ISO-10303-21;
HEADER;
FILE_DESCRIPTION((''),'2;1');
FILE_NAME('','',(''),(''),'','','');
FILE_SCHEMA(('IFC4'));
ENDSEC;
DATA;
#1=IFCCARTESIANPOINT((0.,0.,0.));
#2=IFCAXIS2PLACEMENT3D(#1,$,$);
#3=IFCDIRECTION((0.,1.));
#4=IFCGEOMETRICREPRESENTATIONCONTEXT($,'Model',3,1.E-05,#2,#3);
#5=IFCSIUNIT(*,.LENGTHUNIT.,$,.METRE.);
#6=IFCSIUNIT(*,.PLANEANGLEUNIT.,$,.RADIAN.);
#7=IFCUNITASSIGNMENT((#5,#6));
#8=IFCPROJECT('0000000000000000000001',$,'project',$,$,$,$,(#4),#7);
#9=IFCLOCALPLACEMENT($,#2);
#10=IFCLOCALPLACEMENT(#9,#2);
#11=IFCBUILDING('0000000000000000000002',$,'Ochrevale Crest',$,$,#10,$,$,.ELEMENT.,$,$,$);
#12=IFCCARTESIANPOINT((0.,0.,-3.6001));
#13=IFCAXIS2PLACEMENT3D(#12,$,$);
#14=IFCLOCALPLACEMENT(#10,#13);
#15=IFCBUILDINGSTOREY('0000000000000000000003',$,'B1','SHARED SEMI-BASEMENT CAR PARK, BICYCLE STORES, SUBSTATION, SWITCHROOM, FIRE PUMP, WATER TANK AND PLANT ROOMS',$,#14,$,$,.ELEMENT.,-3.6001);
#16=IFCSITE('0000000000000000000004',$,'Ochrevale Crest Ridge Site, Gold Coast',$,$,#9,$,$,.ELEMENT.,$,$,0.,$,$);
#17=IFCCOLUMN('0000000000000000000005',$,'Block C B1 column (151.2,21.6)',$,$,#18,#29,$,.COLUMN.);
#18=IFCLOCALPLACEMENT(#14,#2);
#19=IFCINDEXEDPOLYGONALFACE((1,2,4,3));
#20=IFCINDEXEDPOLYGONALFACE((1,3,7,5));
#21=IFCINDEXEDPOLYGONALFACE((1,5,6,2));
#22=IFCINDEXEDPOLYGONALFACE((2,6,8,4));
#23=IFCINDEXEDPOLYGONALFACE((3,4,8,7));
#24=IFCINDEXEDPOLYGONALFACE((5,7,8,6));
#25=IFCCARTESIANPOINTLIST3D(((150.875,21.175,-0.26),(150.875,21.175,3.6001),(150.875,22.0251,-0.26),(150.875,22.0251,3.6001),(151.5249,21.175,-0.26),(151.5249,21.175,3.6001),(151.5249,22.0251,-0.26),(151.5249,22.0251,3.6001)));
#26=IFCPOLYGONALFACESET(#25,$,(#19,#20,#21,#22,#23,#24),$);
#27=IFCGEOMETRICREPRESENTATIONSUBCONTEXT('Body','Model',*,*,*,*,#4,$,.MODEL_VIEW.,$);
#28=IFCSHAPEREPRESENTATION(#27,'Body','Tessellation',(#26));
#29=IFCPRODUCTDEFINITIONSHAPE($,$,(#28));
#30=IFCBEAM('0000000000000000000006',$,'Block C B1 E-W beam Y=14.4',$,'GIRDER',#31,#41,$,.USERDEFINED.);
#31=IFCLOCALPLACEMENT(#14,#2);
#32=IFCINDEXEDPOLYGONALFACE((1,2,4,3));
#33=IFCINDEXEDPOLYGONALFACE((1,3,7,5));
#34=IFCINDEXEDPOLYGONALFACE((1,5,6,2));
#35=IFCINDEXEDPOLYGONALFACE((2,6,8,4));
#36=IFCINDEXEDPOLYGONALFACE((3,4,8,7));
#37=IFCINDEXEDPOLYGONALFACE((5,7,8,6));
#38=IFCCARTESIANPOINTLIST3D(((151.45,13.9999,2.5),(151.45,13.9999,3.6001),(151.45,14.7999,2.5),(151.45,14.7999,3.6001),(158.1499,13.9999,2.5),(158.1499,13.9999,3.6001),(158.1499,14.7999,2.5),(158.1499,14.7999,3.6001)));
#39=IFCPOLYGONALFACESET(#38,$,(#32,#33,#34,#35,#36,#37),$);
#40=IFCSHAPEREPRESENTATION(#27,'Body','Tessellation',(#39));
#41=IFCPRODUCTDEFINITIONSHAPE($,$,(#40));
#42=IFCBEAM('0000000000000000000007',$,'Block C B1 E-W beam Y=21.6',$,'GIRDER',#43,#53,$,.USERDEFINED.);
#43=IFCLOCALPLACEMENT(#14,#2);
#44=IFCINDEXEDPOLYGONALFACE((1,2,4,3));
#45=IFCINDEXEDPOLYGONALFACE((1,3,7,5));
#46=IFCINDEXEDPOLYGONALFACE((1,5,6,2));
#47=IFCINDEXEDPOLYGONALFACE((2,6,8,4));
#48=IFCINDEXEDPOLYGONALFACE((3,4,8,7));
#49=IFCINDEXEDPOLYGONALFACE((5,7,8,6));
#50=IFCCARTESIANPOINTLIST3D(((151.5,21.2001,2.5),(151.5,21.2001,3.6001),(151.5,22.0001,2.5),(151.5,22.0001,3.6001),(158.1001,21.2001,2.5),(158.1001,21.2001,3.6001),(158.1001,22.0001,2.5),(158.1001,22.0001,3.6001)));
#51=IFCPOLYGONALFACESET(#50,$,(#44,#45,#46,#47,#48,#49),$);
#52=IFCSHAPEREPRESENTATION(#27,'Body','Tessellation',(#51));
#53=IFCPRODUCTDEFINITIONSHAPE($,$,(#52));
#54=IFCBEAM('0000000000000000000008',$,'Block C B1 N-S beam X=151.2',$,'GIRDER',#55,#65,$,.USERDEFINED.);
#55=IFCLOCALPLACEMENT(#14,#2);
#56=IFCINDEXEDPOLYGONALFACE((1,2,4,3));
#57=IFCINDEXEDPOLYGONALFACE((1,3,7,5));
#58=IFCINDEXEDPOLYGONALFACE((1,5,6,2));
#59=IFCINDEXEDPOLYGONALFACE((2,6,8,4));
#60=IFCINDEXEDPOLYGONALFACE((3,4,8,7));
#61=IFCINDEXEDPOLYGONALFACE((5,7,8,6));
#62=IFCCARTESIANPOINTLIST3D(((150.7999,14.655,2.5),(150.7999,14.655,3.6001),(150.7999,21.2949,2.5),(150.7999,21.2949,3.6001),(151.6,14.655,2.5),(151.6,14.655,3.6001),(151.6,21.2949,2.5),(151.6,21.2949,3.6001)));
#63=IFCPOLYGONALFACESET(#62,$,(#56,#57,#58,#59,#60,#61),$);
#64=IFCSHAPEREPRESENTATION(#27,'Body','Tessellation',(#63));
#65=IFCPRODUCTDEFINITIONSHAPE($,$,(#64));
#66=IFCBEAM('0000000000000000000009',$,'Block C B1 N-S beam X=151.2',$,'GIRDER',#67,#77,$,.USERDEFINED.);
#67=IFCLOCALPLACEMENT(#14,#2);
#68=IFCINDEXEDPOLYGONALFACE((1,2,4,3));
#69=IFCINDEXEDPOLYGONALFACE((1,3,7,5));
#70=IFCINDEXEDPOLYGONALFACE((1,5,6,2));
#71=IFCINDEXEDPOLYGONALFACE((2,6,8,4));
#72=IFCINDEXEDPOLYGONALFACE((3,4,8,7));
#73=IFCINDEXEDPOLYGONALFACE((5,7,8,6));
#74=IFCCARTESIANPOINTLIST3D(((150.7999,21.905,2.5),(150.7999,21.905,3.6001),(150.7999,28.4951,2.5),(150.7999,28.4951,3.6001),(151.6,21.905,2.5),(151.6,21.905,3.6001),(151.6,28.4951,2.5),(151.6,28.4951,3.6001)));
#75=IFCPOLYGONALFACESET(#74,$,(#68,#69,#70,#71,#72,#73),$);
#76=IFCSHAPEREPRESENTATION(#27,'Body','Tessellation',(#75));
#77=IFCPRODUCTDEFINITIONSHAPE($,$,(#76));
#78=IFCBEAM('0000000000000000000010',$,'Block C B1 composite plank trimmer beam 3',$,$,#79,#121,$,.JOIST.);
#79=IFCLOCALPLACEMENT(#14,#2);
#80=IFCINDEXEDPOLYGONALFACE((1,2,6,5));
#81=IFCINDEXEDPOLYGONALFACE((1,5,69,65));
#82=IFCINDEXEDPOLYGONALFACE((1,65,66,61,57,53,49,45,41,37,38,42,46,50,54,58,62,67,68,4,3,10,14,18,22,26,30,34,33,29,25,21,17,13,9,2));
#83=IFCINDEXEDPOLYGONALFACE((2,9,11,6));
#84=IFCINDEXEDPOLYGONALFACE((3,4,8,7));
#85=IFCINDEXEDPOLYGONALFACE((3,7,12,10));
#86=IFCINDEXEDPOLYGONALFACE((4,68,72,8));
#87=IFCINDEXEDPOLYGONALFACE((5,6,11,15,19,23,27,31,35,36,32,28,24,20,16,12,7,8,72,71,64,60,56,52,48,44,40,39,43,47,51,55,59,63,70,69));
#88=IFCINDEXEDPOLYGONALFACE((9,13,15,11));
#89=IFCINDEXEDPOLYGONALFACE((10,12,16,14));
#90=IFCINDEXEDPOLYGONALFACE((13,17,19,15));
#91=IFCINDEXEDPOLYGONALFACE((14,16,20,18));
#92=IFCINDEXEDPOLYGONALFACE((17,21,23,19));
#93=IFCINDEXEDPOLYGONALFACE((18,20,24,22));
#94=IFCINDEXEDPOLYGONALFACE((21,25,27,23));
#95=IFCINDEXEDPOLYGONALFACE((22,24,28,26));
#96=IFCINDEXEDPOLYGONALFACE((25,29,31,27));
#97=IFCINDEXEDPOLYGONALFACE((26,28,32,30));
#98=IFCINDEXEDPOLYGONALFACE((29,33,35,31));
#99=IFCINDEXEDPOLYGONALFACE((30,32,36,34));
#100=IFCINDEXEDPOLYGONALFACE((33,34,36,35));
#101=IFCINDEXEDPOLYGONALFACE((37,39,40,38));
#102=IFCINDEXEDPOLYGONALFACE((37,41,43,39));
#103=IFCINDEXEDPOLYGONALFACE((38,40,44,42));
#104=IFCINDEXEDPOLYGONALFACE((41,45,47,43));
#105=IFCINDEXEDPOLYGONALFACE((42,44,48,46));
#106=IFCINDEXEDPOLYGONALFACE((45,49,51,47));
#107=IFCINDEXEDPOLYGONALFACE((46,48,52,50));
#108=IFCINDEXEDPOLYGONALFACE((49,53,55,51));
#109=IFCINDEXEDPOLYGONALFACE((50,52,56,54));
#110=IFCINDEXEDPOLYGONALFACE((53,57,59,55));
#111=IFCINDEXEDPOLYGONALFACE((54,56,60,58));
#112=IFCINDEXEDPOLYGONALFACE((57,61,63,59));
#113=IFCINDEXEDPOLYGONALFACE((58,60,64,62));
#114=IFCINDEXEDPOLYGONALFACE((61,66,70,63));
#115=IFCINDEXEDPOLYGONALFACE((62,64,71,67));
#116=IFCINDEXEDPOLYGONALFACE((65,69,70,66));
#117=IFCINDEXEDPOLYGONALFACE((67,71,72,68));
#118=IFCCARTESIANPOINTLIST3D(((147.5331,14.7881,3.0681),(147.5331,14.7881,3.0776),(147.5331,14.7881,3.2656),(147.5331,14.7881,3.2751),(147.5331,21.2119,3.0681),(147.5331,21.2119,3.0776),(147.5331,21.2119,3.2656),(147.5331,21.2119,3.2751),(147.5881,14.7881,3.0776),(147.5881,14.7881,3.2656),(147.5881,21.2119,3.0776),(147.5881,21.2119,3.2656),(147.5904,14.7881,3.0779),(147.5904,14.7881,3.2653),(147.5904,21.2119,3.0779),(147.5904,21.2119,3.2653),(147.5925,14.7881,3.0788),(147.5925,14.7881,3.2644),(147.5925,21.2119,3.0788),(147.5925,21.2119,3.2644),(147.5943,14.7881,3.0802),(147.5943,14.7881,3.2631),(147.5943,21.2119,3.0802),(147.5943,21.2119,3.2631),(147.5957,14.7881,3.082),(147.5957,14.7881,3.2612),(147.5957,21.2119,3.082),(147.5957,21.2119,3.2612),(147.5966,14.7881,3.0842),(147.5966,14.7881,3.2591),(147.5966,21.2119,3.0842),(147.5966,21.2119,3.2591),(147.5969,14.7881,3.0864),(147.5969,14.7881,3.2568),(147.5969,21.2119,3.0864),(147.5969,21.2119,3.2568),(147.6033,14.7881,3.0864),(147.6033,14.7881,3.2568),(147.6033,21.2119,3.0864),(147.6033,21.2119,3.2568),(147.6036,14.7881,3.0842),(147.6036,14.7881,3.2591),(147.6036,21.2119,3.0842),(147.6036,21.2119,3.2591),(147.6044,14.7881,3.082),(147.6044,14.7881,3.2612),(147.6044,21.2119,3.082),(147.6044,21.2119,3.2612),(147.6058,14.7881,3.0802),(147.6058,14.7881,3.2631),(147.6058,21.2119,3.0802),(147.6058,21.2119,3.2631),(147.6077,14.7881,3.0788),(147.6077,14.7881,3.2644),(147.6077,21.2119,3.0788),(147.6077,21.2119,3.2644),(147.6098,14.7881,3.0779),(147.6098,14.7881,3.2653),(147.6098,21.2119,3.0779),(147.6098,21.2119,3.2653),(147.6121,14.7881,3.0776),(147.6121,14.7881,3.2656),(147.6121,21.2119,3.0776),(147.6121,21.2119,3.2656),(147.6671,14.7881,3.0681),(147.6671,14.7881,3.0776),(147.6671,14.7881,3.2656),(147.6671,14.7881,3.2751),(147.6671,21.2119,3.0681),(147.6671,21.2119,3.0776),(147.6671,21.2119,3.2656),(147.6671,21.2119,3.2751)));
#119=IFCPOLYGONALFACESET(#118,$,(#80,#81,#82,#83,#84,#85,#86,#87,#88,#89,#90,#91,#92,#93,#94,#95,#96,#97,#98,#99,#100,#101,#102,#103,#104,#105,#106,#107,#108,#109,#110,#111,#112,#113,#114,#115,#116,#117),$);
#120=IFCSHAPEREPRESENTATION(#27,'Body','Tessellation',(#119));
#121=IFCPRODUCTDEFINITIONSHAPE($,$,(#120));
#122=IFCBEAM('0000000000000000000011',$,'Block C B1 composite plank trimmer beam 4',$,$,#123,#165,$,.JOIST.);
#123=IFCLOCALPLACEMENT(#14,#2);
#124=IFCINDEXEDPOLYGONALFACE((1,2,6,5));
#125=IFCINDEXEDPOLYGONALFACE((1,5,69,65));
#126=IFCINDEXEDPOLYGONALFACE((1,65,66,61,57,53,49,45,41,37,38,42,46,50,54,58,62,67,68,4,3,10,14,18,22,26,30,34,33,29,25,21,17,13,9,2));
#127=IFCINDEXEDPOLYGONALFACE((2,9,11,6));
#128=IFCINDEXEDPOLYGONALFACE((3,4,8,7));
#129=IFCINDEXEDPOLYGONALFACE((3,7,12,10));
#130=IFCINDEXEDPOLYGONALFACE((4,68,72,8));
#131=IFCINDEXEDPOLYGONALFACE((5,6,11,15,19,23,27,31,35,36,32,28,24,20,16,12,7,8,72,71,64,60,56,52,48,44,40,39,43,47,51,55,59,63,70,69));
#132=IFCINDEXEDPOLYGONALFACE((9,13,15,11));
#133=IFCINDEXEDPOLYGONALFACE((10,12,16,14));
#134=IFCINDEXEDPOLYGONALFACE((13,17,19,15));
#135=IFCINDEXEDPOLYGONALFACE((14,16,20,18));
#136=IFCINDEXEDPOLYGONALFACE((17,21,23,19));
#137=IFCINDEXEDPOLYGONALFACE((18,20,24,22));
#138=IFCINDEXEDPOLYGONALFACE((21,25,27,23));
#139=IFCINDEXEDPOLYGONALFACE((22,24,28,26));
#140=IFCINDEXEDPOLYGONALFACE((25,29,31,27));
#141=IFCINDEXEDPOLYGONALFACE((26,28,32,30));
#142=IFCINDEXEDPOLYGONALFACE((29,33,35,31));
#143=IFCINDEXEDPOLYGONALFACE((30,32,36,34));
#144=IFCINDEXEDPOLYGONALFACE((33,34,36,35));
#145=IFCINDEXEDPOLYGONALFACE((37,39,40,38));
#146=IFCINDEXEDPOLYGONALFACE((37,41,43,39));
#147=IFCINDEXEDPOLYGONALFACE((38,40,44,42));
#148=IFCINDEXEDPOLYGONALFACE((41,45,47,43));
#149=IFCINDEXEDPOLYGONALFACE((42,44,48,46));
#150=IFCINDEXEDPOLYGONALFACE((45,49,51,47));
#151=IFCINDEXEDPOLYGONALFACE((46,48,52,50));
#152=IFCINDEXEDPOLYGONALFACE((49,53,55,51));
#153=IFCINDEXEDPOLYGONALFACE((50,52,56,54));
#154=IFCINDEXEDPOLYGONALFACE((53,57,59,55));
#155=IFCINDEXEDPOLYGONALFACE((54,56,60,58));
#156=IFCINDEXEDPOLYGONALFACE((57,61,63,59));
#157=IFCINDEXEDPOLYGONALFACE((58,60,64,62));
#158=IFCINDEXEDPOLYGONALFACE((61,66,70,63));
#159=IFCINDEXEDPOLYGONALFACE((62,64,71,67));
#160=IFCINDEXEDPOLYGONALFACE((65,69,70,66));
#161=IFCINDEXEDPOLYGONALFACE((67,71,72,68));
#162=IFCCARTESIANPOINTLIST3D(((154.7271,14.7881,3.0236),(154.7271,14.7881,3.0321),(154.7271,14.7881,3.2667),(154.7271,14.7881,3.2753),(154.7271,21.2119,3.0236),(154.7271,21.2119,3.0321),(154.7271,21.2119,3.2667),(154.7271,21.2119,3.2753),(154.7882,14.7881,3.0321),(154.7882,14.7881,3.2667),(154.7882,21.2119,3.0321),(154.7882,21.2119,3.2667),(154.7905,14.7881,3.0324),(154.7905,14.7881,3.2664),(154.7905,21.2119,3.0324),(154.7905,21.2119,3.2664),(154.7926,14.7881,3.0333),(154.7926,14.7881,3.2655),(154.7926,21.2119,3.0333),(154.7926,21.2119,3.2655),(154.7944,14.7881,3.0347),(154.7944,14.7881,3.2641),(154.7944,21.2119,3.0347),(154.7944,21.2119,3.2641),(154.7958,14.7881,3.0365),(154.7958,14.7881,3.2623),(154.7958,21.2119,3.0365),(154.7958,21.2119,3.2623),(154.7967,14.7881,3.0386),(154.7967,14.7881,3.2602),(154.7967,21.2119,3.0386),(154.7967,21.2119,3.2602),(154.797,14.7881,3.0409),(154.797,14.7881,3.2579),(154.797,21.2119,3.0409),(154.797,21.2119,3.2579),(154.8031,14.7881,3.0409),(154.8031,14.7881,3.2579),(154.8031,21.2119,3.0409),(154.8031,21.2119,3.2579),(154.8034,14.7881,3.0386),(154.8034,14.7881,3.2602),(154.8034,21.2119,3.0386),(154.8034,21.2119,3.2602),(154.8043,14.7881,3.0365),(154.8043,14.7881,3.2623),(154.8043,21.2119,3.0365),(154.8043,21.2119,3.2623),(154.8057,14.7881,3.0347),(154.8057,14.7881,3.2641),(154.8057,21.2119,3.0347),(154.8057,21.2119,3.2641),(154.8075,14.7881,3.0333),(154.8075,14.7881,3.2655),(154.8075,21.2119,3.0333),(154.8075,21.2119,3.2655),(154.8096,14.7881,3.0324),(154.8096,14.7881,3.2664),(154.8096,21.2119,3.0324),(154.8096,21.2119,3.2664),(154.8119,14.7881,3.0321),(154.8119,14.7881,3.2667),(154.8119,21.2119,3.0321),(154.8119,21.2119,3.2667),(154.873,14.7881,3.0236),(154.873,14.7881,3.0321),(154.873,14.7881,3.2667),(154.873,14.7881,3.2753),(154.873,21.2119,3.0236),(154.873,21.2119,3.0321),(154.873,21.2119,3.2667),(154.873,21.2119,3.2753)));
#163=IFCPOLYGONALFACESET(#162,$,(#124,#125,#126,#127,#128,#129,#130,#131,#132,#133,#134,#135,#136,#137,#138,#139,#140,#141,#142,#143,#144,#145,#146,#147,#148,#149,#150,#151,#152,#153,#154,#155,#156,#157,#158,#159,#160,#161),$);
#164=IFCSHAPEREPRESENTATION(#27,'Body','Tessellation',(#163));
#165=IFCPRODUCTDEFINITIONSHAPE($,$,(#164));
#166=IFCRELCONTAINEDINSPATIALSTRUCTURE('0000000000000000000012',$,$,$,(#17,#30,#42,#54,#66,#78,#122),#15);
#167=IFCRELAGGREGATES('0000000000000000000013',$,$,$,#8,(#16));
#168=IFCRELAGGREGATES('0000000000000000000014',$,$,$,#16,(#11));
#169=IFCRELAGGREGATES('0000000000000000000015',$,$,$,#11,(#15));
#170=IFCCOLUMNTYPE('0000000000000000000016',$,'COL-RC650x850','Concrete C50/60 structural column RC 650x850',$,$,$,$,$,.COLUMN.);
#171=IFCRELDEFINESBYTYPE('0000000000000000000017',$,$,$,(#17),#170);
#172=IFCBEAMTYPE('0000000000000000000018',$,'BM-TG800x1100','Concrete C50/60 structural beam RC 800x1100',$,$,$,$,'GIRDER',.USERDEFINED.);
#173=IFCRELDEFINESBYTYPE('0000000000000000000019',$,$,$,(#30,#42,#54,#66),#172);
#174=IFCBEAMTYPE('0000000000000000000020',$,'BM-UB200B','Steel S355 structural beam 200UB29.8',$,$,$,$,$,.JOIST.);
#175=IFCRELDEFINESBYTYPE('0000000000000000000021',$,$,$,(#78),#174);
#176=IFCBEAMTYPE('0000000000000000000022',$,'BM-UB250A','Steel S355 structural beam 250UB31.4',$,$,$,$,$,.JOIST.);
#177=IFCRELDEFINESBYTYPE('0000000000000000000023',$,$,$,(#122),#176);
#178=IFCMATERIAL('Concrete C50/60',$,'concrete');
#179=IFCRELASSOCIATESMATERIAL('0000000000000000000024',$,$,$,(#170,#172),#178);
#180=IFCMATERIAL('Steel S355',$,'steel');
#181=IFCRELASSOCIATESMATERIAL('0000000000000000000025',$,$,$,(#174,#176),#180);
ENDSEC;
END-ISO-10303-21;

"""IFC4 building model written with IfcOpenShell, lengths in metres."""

from ifc_helpers import new_model, si_unit, direction, frame, origin, origin_2d, place, context, subcontext, project, spatial, rectangle, i_section, extrude, material, material_profile, profile_set, type_object, element, save


model = new_model("IFC4")

# Units and contexts
model_context = context("Model", 3, precision=1e-05, world=origin(), true_north=direction((0.0, 1.0)))
body_context = subcontext(model_context, "Body", "Model", "MODEL_VIEW")
ifc_project = project(units=[si_unit("LENGTHUNIT", "METRE"), si_unit("PLANEANGLEUNIT", "RADIAN")], contexts=[model_context])

# Site, building, storey
site_placement = place(None, origin())
site = spatial("IfcSite", under=ifc_project, at=site_placement, Name="Ochrevale Crest Ridge Site, Gold Coast", CompositionType="ELEMENT", RefElevation=0.0)
building_placement = place(site_placement, origin())
building = spatial("IfcBuilding", under=site, at=building_placement, Name="Ochrevale Crest", CompositionType="ELEMENT")
storey_placement = place(building_placement, frame((0.0, 0.0, -3.6001)))
storey = spatial("IfcBuildingStorey", under=building, at=storey_placement, Name="B1", Description="SHARED SEMI-BASEMENT CAR PARK, BICYCLE STORES, SUBSTATION, SWITCHROOM, FIRE PUMP, WATER TANK AND PLANT ROOMS", CompositionType="ELEMENT", Elevation=-3.6001)

# Column
ifc_material_1 = material(Name="Concrete C50/60", Category="concrete")
ifc_material_profile_1 = material_profile(ifc_material_1, rectangle(XDim=0.6499, YDim=0.8501, at=origin_2d()), Name="RC 650x850")
ifc_profile_set_1 = profile_set([ifc_material_profile_1], Name="Concrete C50/60")
column_type_1 = type_object("IfcColumnType", Name="COL-RC650x850", Description="Concrete C50/60 structural column RC 650x850", PredefinedType="COLUMN", material=ifc_profile_set_1)
column_1_placement = place(storey_placement, frame((151.2, 21.6001, -0.26), z_axis=(0.0, 0.0, 1.0), x_axis=(1.0, 0.0, 0.0)))
element("IfcColumn", 1, at=column_1_placement, inside=storey, type_object=column_type_1, Name="Block C B1 column (151.2,21.6)", PredefinedType="COLUMN", context=body_context, shape_type="SweptSolid", body=[
    extrude(rectangle(XDim=0.6499, YDim=0.8501, at=origin_2d()), origin(), (0.0, 0.0, 1.0), 3.8601),
])

# Beams
ifc_material_profile_2 = material_profile(ifc_material_1, rectangle(XDim=0.8, YDim=1.1001, at=origin_2d()), Name="RC 800x1100")
ifc_profile_set_2 = profile_set([ifc_material_profile_2], Name="Concrete C50/60")
beam_type_1 = type_object("IfcBeamType", Name="BM-TG800x1100", Description="Concrete C50/60 structural beam RC 800x1100", ElementType="GIRDER", PredefinedType="USERDEFINED", material=ifc_profile_set_2)
beam_1_placement = place(storey_placement, frame((151.45, 14.3999, 3.05), z_axis=(1.0, 0.0, 0.0), x_axis=(0.0, 1.0, 0.0)))
element("IfcBeam", 2, at=beam_1_placement, inside=storey, type_object=beam_type_1, Name="Block C B1 E-W beam Y=14.4", ObjectType="GIRDER", PredefinedType="USERDEFINED", context=body_context, shape_type="SweptSolid", body=[
    extrude(rectangle(XDim=0.8, YDim=1.1001, at=origin_2d()), origin(), (0.0, 0.0, 1.0), 6.7),
])
beam_2_placement = place(storey_placement, frame((151.5, 21.6001, 3.05), z_axis=(1.0, 0.0, 0.0), x_axis=(0.0, 1.0, 0.0)))
element("IfcBeam", 3, at=beam_2_placement, inside=storey, type_object=beam_type_1, Name="Block C B1 E-W beam Y=21.6", ObjectType="GIRDER", PredefinedType="USERDEFINED", context=body_context, shape_type="SweptSolid", body=[
    extrude(rectangle(XDim=0.8, YDim=1.1001, at=origin_2d()), origin(), (0.0, 0.0, 1.0), 6.6001),
])
beam_3_placement = place(storey_placement, frame((151.2, 14.655, 3.05), z_axis=(0.0, 1.0, 0.0), x_axis=(-1.0, 0.0, 0.0)))
element("IfcBeam", 4, at=beam_3_placement, inside=storey, type_object=beam_type_1, Name="Block C B1 N-S beam X=151.2", ObjectType="GIRDER", PredefinedType="USERDEFINED", context=body_context, shape_type="SweptSolid", body=[
    extrude(rectangle(XDim=0.8, YDim=1.1001, at=origin_2d()), origin(), (0.0, 0.0, 1.0), 6.6399),
])
beam_4_placement = place(storey_placement, frame((151.2, 21.905, 3.05), z_axis=(0.0, 1.0, 0.0), x_axis=(-1.0, 0.0, 0.0)))
element("IfcBeam", 5, at=beam_4_placement, inside=storey, type_object=beam_type_1, Name="Block C B1 N-S beam X=151.2", ObjectType="GIRDER", PredefinedType="USERDEFINED", context=body_context, shape_type="SweptSolid", body=[
    extrude(rectangle(XDim=0.8, YDim=1.1001, at=origin_2d()), origin(), (0.0, 0.0, 1.0), 6.5901),
])
ifc_material_2 = material(Name="Steel S355", Category="steel")
ifc_material_profile_3 = material_profile(ifc_material_2, i_section(OverallWidth=0.134, OverallDepth=0.207, WebThickness=0.0063, FlangeThickness=0.0095, FilletRadius=0.0088, at=origin_2d()), Name="200UB29.8")
ifc_profile_set_3 = profile_set([ifc_material_profile_3], Name="Steel S355")
beam_type_2 = type_object("IfcBeamType", Name="BM-UB200B", Description="Steel S355 structural beam 200UB29.8", PredefinedType="JOIST", material=ifc_profile_set_3)
beam_5_placement = place(storey_placement, frame((147.6001, 14.7881, 3.1716), z_axis=(0.0, 1.0, 0.0), x_axis=(-1.0, 0.0, 0.0)))
element("IfcBeam", 6, at=beam_5_placement, inside=storey, type_object=beam_type_2, Name="Block C B1 composite plank trimmer beam 3", PredefinedType="JOIST", context=body_context, shape_type="SweptSolid", body=[
    extrude(i_section(OverallWidth=0.134, OverallDepth=0.207, WebThickness=0.0063, FlangeThickness=0.0095, FilletRadius=0.0088, at=origin_2d()), origin(), (0.0, 0.0, 1.0), 6.4238),
])
ifc_material_profile_4 = material_profile(ifc_material_2, i_section(OverallWidth=0.146, OverallDepth=0.2517, WebThickness=0.0061, FlangeThickness=0.0085, FilletRadius=0.0088, at=origin_2d()), Name="250UB31.4")
ifc_profile_set_4 = profile_set([ifc_material_profile_4], Name="Steel S355")
beam_type_3 = type_object("IfcBeamType", Name="BM-UB250A", Description="Steel S355 structural beam 250UB31.4", PredefinedType="JOIST", material=ifc_profile_set_4)
beam_6_placement = place(storey_placement, frame((154.8, 14.7881, 3.1494), z_axis=(0.0, 1.0, 0.0), x_axis=(-1.0, 0.0, 0.0)))
element("IfcBeam", 7, at=beam_6_placement, inside=storey, type_object=beam_type_3, Name="Block C B1 composite plank trimmer beam 4", PredefinedType="JOIST", context=body_context, shape_type="SweptSolid", body=[
    extrude(i_section(OverallWidth=0.146, OverallDepth=0.2517, WebThickness=0.0061, FlangeThickness=0.0085, FilletRadius=0.0088, at=origin_2d()), origin(), (0.0, 0.0, 1.0), 6.4238),
])

save(model, "model.ifc")
